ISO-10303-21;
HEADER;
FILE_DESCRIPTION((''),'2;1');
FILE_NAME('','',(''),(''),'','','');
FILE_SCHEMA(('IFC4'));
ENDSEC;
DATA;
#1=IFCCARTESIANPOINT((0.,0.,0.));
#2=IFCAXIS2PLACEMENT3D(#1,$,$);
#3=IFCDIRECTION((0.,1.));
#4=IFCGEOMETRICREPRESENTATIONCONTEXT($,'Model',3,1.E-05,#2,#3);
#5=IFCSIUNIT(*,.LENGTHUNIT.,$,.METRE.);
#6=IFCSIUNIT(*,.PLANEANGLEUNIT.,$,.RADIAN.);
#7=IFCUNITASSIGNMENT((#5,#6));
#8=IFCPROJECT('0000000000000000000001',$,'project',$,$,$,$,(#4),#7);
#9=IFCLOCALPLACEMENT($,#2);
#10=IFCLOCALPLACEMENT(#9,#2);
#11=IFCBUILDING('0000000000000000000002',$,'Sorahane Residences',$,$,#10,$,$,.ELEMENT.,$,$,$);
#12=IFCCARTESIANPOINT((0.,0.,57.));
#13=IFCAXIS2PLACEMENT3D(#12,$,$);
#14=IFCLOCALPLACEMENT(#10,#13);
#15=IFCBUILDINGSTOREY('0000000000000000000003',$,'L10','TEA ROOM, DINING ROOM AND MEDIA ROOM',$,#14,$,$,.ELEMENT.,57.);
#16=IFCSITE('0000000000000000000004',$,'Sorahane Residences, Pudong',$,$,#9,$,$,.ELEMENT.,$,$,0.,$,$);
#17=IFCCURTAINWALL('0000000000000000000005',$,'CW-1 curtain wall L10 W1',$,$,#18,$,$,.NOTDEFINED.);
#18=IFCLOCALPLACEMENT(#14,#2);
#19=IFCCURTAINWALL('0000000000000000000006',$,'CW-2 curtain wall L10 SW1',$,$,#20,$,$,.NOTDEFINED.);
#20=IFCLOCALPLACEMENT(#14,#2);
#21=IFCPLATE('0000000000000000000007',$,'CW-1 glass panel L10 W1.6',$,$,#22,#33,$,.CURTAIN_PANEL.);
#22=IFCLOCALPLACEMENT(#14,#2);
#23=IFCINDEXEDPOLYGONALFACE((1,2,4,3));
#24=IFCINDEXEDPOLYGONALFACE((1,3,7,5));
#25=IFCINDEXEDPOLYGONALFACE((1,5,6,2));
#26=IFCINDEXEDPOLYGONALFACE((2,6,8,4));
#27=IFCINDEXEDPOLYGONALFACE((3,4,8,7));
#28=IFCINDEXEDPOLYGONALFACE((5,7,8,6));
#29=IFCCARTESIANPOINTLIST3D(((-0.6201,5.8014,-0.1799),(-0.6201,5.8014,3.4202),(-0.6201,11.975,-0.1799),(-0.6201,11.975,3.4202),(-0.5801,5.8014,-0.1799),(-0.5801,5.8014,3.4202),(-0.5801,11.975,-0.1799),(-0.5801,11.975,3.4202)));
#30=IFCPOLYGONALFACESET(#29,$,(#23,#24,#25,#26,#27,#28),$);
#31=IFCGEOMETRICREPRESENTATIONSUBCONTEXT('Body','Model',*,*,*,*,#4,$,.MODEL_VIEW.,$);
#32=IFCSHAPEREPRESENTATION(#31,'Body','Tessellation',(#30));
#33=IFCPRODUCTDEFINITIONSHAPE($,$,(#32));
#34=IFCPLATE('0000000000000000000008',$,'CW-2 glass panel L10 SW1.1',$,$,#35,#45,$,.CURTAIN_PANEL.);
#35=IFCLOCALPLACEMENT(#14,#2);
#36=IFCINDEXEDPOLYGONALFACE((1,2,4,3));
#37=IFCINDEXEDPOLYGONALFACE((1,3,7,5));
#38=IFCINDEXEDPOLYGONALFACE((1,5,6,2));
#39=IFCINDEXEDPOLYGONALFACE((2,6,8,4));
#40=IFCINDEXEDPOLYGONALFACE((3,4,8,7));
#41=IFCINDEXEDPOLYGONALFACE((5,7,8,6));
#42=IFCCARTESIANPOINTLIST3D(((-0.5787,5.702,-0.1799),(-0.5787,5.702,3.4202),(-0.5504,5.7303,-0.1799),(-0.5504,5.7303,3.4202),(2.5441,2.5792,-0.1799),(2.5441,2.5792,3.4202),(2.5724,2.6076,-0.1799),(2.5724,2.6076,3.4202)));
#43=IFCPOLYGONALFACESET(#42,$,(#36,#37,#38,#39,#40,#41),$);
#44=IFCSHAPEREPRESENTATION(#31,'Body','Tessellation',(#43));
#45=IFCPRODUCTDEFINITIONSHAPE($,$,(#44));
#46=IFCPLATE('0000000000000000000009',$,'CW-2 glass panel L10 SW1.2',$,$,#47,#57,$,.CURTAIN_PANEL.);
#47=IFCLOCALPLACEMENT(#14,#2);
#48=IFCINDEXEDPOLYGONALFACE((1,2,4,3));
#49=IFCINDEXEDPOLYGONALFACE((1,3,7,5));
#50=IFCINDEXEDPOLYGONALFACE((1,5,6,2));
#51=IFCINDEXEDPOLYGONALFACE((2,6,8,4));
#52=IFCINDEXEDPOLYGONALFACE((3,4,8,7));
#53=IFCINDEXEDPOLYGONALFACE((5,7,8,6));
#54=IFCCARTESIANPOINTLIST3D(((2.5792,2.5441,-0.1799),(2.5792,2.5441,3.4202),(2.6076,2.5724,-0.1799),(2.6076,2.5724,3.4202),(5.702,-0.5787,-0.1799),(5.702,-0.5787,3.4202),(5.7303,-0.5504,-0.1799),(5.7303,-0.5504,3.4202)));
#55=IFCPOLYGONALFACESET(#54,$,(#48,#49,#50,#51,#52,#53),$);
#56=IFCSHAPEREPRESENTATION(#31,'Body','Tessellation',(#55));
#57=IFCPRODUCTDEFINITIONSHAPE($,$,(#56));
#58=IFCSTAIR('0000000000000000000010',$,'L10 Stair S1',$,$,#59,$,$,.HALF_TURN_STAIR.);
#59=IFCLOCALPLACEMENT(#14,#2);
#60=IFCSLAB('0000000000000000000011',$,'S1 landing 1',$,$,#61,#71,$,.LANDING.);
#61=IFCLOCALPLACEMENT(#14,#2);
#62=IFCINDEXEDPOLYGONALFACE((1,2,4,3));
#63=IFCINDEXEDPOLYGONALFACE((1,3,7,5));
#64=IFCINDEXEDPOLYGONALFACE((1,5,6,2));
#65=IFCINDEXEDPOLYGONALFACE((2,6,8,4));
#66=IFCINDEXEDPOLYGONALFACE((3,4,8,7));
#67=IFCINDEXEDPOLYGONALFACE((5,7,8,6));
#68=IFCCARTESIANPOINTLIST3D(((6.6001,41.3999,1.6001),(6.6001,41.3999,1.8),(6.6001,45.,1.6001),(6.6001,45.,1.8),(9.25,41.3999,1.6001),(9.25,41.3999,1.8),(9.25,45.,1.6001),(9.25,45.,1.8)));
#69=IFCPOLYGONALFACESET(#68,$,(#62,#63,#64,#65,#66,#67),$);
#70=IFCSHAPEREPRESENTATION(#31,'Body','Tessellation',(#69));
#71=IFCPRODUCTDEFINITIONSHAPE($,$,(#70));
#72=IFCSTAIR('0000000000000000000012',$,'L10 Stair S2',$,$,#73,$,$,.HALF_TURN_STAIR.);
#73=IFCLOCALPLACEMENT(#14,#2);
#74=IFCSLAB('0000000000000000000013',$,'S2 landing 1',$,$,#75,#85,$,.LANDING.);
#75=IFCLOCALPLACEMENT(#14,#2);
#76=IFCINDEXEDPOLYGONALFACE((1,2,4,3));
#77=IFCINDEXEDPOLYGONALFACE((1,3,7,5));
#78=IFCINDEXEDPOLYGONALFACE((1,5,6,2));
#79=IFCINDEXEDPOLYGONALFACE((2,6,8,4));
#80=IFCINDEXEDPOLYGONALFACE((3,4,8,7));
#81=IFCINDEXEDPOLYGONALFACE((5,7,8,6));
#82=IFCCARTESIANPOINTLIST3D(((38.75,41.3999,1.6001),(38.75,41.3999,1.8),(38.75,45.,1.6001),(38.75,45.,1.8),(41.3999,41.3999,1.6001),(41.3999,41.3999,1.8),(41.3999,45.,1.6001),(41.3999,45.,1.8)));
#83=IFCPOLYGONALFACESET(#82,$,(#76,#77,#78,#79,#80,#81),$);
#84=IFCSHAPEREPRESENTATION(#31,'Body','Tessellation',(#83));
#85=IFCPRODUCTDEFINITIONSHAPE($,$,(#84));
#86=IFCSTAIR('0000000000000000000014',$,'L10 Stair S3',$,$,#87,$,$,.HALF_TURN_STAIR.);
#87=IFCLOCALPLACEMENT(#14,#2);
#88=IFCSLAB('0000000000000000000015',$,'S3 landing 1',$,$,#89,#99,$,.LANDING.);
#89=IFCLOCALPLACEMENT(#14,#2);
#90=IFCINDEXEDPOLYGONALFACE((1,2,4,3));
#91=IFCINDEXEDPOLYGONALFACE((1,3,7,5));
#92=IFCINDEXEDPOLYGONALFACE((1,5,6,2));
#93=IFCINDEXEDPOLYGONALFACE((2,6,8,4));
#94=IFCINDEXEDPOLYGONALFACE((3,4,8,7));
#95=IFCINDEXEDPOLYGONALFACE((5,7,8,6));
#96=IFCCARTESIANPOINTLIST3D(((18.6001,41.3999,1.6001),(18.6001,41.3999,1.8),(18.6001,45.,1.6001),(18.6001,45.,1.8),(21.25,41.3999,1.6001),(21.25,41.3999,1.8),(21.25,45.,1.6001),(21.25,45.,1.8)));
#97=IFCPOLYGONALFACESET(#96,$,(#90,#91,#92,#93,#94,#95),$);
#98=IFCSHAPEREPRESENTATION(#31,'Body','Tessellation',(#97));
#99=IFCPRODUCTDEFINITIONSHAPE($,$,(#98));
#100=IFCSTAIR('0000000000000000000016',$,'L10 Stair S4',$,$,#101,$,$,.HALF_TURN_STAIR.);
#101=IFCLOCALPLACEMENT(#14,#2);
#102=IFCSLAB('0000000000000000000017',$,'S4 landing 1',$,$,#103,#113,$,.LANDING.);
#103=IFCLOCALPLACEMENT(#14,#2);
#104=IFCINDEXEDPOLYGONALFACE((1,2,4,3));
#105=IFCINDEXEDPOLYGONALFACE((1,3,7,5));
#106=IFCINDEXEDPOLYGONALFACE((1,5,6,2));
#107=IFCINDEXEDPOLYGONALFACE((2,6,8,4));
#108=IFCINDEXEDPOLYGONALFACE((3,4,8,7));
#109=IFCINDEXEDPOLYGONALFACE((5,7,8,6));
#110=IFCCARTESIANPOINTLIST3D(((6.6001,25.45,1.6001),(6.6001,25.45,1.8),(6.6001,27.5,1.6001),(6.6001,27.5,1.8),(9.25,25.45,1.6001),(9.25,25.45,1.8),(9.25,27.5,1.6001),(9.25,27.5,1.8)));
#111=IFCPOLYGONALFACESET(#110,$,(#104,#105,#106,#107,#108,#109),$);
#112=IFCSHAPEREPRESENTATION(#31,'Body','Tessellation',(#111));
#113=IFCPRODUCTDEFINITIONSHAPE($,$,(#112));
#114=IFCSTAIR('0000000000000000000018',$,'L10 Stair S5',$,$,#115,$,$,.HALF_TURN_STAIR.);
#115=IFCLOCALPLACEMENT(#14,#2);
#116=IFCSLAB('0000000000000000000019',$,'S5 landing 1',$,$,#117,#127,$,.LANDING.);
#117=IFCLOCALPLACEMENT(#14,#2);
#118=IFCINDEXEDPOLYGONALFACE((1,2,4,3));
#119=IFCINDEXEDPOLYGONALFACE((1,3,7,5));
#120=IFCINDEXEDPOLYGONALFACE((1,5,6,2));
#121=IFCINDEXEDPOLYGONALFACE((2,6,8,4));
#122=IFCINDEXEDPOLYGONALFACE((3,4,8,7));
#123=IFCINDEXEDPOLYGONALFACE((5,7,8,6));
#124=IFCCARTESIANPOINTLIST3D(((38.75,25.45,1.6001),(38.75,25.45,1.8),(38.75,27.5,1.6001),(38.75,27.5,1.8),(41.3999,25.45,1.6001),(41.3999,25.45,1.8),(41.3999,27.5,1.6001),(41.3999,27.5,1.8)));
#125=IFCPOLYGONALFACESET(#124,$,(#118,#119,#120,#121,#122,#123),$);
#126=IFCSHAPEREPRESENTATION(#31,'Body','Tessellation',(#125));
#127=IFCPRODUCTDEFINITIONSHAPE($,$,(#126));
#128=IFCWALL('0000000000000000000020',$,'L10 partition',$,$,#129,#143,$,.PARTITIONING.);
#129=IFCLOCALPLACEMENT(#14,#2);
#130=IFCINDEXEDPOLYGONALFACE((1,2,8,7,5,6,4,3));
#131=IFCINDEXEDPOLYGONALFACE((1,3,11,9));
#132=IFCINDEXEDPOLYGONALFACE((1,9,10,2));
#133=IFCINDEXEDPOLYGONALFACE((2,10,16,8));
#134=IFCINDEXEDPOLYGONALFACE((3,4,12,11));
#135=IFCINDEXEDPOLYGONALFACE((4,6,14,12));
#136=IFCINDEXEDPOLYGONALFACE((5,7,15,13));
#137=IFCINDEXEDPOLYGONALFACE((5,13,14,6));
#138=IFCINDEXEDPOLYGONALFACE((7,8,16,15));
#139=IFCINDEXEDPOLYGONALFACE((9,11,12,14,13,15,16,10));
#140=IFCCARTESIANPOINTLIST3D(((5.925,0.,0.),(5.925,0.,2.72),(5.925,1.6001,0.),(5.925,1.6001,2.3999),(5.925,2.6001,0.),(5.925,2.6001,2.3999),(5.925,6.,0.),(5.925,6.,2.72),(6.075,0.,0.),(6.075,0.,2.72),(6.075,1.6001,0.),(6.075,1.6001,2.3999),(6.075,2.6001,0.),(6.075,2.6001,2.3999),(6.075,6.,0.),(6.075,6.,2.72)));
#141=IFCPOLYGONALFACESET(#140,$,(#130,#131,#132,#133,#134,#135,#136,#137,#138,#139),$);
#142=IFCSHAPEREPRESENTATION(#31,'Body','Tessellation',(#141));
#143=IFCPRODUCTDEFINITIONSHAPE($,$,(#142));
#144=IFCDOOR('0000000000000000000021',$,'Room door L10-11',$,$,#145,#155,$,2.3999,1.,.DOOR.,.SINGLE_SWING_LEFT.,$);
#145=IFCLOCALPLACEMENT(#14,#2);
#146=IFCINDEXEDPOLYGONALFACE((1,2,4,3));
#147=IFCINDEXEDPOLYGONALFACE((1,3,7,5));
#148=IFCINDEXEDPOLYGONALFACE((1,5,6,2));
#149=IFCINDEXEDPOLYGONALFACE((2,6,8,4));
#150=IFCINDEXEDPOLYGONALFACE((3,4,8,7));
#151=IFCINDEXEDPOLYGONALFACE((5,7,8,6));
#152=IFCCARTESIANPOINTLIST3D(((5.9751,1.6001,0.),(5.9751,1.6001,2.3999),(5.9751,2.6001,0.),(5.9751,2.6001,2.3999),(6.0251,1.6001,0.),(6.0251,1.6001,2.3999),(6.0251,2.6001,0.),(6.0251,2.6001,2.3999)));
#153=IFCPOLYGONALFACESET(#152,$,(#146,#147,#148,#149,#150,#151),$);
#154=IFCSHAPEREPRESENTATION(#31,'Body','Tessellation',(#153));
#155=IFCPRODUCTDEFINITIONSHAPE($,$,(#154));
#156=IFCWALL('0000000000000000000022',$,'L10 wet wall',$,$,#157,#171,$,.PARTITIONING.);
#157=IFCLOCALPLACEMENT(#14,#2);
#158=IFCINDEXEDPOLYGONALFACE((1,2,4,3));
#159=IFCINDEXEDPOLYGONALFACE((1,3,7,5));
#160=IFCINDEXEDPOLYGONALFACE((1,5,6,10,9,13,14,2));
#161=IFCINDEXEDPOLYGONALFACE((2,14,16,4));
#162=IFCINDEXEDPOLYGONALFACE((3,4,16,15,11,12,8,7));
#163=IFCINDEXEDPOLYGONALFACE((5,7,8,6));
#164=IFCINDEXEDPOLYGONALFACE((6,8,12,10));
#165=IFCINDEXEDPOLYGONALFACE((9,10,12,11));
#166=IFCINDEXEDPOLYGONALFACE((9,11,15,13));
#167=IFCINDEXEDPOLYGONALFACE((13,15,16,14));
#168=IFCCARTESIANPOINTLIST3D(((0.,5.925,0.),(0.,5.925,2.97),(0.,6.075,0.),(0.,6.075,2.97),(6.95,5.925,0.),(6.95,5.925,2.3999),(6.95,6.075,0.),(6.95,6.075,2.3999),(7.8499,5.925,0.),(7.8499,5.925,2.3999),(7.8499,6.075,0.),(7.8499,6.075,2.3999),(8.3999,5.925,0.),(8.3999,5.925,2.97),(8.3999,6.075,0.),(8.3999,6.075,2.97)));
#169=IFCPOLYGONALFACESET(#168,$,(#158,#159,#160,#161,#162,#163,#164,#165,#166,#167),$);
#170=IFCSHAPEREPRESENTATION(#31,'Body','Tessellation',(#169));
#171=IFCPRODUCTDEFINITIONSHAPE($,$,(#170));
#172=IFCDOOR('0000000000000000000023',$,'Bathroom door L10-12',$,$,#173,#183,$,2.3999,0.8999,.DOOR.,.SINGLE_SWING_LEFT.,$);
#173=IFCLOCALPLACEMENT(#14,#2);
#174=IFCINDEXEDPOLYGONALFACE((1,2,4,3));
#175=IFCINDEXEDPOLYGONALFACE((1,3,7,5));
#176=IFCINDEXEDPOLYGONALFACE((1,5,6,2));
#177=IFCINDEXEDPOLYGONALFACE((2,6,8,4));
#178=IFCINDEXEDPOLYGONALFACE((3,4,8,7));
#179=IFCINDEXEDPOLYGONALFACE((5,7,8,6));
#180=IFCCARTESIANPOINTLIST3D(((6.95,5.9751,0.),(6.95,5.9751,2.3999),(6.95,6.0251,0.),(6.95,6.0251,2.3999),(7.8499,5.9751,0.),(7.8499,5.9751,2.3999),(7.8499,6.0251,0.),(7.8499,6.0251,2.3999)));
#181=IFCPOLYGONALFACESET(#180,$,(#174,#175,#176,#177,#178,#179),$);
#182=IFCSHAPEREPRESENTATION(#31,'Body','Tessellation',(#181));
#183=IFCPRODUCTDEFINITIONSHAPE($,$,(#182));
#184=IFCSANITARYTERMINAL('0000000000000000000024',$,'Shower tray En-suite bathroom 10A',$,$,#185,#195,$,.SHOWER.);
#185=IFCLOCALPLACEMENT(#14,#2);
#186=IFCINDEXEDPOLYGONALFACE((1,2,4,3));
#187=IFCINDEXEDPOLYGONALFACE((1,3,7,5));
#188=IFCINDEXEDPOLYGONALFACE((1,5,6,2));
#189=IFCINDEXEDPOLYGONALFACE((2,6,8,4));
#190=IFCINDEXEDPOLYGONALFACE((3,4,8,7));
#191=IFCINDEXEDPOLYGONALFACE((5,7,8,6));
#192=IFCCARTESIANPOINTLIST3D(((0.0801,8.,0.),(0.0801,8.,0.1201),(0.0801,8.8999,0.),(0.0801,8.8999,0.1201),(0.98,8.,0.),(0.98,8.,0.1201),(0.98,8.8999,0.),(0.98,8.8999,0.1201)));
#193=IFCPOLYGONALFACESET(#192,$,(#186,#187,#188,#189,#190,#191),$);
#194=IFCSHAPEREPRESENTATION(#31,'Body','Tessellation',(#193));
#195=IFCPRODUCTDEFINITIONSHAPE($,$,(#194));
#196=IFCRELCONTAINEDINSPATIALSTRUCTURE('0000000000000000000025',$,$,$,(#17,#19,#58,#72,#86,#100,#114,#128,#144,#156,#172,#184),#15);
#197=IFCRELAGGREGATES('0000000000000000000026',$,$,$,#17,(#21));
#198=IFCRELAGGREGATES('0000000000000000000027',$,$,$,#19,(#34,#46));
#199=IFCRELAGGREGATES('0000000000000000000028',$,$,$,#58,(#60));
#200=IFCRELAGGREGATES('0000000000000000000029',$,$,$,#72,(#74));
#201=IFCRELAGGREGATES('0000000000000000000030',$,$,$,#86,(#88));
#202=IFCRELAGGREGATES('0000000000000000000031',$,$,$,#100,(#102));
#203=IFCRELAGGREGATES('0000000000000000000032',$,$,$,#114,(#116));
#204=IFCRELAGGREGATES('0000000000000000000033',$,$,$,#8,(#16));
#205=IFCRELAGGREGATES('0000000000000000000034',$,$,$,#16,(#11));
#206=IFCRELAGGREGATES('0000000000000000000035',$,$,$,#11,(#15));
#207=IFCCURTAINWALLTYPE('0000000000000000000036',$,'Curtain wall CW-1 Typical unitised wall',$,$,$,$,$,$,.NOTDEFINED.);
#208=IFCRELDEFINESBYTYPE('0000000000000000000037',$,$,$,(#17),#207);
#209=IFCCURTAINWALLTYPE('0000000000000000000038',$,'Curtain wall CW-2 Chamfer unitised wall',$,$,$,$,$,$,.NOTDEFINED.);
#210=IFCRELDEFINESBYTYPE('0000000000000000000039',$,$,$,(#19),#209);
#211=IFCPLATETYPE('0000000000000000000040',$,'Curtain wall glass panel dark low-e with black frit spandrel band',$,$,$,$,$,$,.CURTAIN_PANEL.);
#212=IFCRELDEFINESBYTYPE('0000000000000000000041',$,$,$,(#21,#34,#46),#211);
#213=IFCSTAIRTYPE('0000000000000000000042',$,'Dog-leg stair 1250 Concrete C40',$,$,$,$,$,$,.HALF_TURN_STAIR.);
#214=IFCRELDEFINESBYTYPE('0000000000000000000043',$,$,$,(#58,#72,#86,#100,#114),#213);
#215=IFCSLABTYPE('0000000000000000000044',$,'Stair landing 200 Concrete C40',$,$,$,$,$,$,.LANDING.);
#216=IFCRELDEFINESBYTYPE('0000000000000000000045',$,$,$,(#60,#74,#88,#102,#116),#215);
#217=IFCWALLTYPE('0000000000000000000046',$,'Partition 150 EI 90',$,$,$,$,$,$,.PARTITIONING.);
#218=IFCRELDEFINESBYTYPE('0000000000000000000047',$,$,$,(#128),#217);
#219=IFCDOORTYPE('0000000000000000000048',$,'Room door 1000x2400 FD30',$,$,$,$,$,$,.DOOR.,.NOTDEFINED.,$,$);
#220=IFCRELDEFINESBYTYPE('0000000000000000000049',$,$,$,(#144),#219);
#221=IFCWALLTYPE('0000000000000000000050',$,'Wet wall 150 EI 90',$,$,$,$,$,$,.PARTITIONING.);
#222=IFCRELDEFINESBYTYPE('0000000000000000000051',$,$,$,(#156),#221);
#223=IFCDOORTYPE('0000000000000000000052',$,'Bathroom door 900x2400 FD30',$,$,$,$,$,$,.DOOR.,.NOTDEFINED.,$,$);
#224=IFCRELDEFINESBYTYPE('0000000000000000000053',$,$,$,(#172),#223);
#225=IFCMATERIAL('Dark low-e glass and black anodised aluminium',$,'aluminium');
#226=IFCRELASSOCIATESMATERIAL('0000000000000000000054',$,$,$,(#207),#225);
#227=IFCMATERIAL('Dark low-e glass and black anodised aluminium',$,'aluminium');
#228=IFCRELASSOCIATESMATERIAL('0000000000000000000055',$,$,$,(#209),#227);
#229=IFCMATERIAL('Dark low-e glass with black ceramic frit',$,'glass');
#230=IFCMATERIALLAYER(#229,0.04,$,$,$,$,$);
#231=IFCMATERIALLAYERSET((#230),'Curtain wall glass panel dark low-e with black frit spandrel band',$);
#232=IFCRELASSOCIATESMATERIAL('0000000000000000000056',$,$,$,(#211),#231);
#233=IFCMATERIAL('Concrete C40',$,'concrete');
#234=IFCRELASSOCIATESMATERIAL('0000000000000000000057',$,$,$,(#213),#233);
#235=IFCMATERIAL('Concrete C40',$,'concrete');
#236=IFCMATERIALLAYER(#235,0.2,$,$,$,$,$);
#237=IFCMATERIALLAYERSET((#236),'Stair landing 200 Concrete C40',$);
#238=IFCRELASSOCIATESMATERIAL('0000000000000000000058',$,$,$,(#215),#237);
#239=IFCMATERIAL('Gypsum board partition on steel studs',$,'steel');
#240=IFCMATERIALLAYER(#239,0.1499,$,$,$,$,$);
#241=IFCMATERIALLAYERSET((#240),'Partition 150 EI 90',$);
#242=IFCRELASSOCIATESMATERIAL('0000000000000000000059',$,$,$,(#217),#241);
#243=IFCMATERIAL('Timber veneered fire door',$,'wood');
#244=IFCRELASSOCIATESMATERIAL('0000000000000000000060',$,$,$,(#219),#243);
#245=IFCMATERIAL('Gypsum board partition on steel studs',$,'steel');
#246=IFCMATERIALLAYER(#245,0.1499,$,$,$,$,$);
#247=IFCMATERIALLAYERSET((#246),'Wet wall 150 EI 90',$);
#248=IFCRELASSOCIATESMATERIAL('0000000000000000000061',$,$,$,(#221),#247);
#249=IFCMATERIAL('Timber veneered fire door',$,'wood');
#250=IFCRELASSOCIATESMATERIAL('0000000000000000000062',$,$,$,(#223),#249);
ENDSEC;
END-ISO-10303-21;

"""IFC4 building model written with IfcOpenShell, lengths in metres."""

from ifc_helpers import new_model, si_unit, direction, frame, frame_2d, origin, origin_2d, place, context, subcontext, project, spatial, polyline, rectangle, outline, extrude, material, layer, layer_set, type_object, element, fill, aggregate, save


model = new_model("IFC4")

# Units and contexts
model_context = context("Model", 3, precision=1e-05, world=origin(), true_north=direction((0.0, 1.0)))
body_context = subcontext(model_context, "Body", "Model", "MODEL_VIEW")
ifc_project = project(units=[si_unit("LENGTHUNIT", "METRE"), si_unit("PLANEANGLEUNIT", "RADIAN")], contexts=[model_context])

# Site, building, storey
site_placement = place(None, origin())
site = spatial("IfcSite", under=ifc_project, at=site_placement, Name="Sorahane Residences, Pudong", CompositionType="ELEMENT", RefElevation=0.0)
building_placement = place(site_placement, origin())
building = spatial("IfcBuilding", under=site, at=building_placement, Name="Sorahane Residences", CompositionType="ELEMENT")
storey_placement = place(building_placement, frame((0.0, 0.0, 57.0)))
storey = spatial("IfcBuildingStorey", under=building, at=storey_placement, Name="L10", Description="TEA ROOM, DINING ROOM AND MEDIA ROOM", CompositionType="ELEMENT", Elevation=57.0)

# Curtain wall
ifc_material_1 = material(Name="Dark low-e glass and black anodised aluminium", Category="aluminium")
curtain_wall_type_1 = type_object("IfcCurtainWallType", Name="Curtain wall CW-1 Typical unitised wall", PredefinedType="NOTDEFINED", material=ifc_material_1)
curtain_wall_1_placement = place(storey_placement, origin())
curtain_wall_1 = element("IfcCurtainWall", 1, at=curtain_wall_1_placement, inside=storey, type_object=curtain_wall_type_1, Name="CW-1 curtain wall L10 W1", PredefinedType="NOTDEFINED")

# Curtain wall
ifc_material_2 = material(Name="Dark low-e glass and black anodised aluminium", Category="aluminium")
curtain_wall_type_2 = type_object("IfcCurtainWallType", Name="Curtain wall CW-2 Chamfer unitised wall", PredefinedType="NOTDEFINED", material=ifc_material_2)
curtain_wall_2_placement = place(storey_placement, origin())
curtain_wall_2 = element("IfcCurtainWall", 2, at=curtain_wall_2_placement, inside=storey, type_object=curtain_wall_type_2, Name="CW-2 curtain wall L10 SW1", PredefinedType="NOTDEFINED")

# Plates
ifc_material_3 = material(Name="Dark low-e glass with black ceramic frit", Category="glass")
ifc_layer_1 = layer(ifc_material_3, 0.04)
ifc_layer_set_1 = layer_set([ifc_layer_1], Name="Curtain wall glass panel dark low-e with black frit spandrel band")
plate_type = type_object("IfcPlateType", Name="Curtain wall glass panel dark low-e with black frit spandrel band", PredefinedType="CURTAIN_PANEL", material=ifc_layer_set_1)
plate_1_placement = place(storey_placement, frame((-0.6001, 8.8882, -0.1799), z_axis=(0.0, 0.0, 1.0), x_axis=(0.0, -1.0, 0.0)))
plate_1 = element("IfcPlate", 3, at=plate_1_placement, type_object=plate_type, Name="CW-1 glass panel L10 W1.6", PredefinedType="CURTAIN_PANEL", context=body_context, shape_type="SweptSolid", body=[
    extrude(rectangle(XDim=6.1736, YDim=0.04, at=origin_2d()), origin(), (0.0, 0.0, 1.0), 3.6001),
])
aggregate(curtain_wall_1, [plate_1])
plate_2_placement = place(storey_placement, frame((0.9968, 4.1548, -0.1799), z_axis=(0.0, 0.0, 1.0), x_axis=(0.707107, -0.707107, 0.0)))
plate_2 = element("IfcPlate", 4, at=plate_2_placement, type_object=plate_type, Name="CW-2 glass panel L10 SW1.1", PredefinedType="CURTAIN_PANEL", context=body_context, shape_type="SweptSolid", body=[
    extrude(rectangle(XDim=4.4163, YDim=0.04, at=origin_2d()), origin(), (0.0, 0.0, 1.0), 3.6001),
])
plate_3_placement = place(storey_placement, frame((4.1548, 0.9968, -0.1799), z_axis=(0.0, 0.0, 1.0), x_axis=(0.707107, -0.707107, 0.0)))
plate_3 = element("IfcPlate", 5, at=plate_3_placement, type_object=plate_type, Name="CW-2 glass panel L10 SW1.2", PredefinedType="CURTAIN_PANEL", context=body_context, shape_type="SweptSolid", body=[
    extrude(rectangle(XDim=4.4163, YDim=0.04, at=origin_2d()), origin(), (0.0, 0.0, 1.0), 3.6001),
])
aggregate(curtain_wall_2, [plate_2, plate_3])

# Stairs, slabs
ifc_material_4 = material(Name="Concrete C40", Category="concrete")
stair_type = type_object("IfcStairType", Name="Dog-leg stair 1250 Concrete C40", PredefinedType="HALF_TURN_STAIR", material=ifc_material_4)
stair_1_placement = place(storey_placement, origin())
stair_1 = element("IfcStair", 6, at=stair_1_placement, inside=storey, type_object=stair_type, Name="L10 Stair S1", PredefinedType="HALF_TURN_STAIR")
ifc_material_5 = material(Name="Concrete C40", Category="concrete")
ifc_layer_2 = layer(ifc_material_5, 0.2)
ifc_layer_set_2 = layer_set([ifc_layer_2], Name="Stair landing 200 Concrete C40")
slab_type_1 = type_object("IfcSlabType", Name="Stair landing 200 Concrete C40", PredefinedType="LANDING", material=ifc_layer_set_2)
slab_1_placement = place(storey_placement, frame((0.0, 0.0, 1.6001)))
slab_1 = element("IfcSlab", 7, at=slab_1_placement, type_object=slab_type_1, Name="S1 landing 1", PredefinedType="LANDING", context=body_context, shape_type="SweptSolid", body=[
    extrude(outline(polyline([(9.25, 41.3999), (9.25, 45.0), (6.6001, 45.0), (6.6001, 41.3999), (9.25, 41.3999)])), origin(), (0.0, 0.0, 1.0), 0.2),
])
aggregate(stair_1, [slab_1])
stair_2_placement = place(storey_placement, origin())
stair_2 = element("IfcStair", 8, at=stair_2_placement, inside=storey, type_object=stair_type, Name="L10 Stair S2", PredefinedType="HALF_TURN_STAIR")
slab_2_placement = place(storey_placement, frame((0.0, 0.0, 1.6001)))
slab_2 = element("IfcSlab", 9, at=slab_2_placement, type_object=slab_type_1, Name="S2 landing 1", PredefinedType="LANDING", context=body_context, shape_type="SweptSolid", body=[
    extrude(outline(polyline([(41.3999, 41.3999), (41.3999, 45.0), (38.75, 45.0), (38.75, 41.3999), (41.3999, 41.3999)])), origin(), (0.0, 0.0, 1.0), 0.2),
])
aggregate(stair_2, [slab_2])
stair_3_placement = place(storey_placement, origin())
stair_3 = element("IfcStair", 10, at=stair_3_placement, inside=storey, type_object=stair_type, Name="L10 Stair S3", PredefinedType="HALF_TURN_STAIR")
slab_3_placement = place(storey_placement, frame((0.0, 0.0, 1.6001)))
slab_3 = element("IfcSlab", 11, at=slab_3_placement, type_object=slab_type_1, Name="S3 landing 1", PredefinedType="LANDING", context=body_context, shape_type="SweptSolid", body=[
    extrude(outline(polyline([(21.25, 41.3999), (21.25, 45.0), (18.6001, 45.0), (18.6001, 41.3999), (21.25, 41.3999)])), origin(), (0.0, 0.0, 1.0), 0.2),
])
aggregate(stair_3, [slab_3])
stair_4_placement = place(storey_placement, origin())
stair_4 = element("IfcStair", 12, at=stair_4_placement, inside=storey, type_object=stair_type, Name="L10 Stair S4", PredefinedType="HALF_TURN_STAIR")
slab_4_placement = place(storey_placement, frame((0.0, 0.0, 1.6001)))
slab_4 = element("IfcSlab", 13, at=slab_4_placement, type_object=slab_type_1, Name="S4 landing 1", PredefinedType="LANDING", context=body_context, shape_type="SweptSolid", body=[
    extrude(outline(polyline([(9.25, 25.45), (9.25, 27.5), (6.6001, 27.5), (6.6001, 25.45), (9.25, 25.45)])), origin(), (0.0, 0.0, 1.0), 0.2),
])
aggregate(stair_4, [slab_4])
stair_5_placement = place(storey_placement, origin())
stair_5 = element("IfcStair", 14, at=stair_5_placement, inside=storey, type_object=stair_type, Name="L10 Stair S5", PredefinedType="HALF_TURN_STAIR")
slab_5_placement = place(storey_placement, frame((0.0, 0.0, 1.6001)))
slab_5 = element("IfcSlab", 15, at=slab_5_placement, type_object=slab_type_1, Name="S5 landing 1", PredefinedType="LANDING", context=body_context, shape_type="SweptSolid", body=[
    extrude(outline(polyline([(41.3999, 25.45), (41.3999, 27.5), (38.75, 27.5), (38.75, 25.45), (41.3999, 25.45)])), origin(), (0.0, 0.0, 1.0), 0.2),
])
aggregate(stair_5, [slab_5])

# Walls, openings, doors
ifc_material_6 = material(Name="Gypsum board partition on steel studs", Category="steel")
ifc_layer_3 = layer(ifc_material_6, 0.1499)
ifc_layer_set_3 = layer_set([ifc_layer_3], Name="Partition 150 EI 90")
wall_type_1 = type_object("IfcWallType", Name="Partition 150 EI 90", PredefinedType="PARTITIONING", material=ifc_layer_set_3)
wall_1_placement = place(storey_placement, frame((6.0, 0.0, 0.0), z_axis=(0.0, 0.0, 1.0), x_axis=(0.0, 1.0, 0.0)))
wall_1 = element("IfcWall", 16, at=wall_1_placement, inside=storey, type_object=wall_type_1, Name="L10 partition", PredefinedType="PARTITIONING", context=body_context, shape_type="SweptSolid", body=[
    extrude(rectangle(XDim=6.0, YDim=0.1499, at=frame_2d((3.0, 0.0))), origin(), (0.0, 0.0, 1.0), 2.72),
])
opening_1_placement = place(wall_1_placement, frame((1.6001, 0.0, 0.0)))
opening_1 = element("IfcOpeningElement", 17, at=opening_1_placement, cuts=wall_1, PredefinedType="OPENING", context=body_context, shape_type="SweptSolid", body=[
    extrude(rectangle(XDim=1.0, YDim=2.3999, at=frame_2d((0.5, 1.2))), frame((0.0, 0.085, 0.0), z_axis=(0.0, -1.0, 0.0), x_axis=(1.0, 0.0, 0.0)), (0.0, 0.0, 1.0), 0.1699),
])
ifc_material_7 = material(Name="Timber veneered fire door", Category="wood")
door_type_1 = type_object("IfcDoorType", Name="Room door 1000x2400 FD30", OperationType="NOTDEFINED", PredefinedType="DOOR", material=ifc_material_7)
door_1_placement = place(opening_1_placement, origin())
door_1 = element("IfcDoor", 18, at=door_1_placement, inside=storey, type_object=door_type_1, Name="Room door L10-11", OperationType="SINGLE_SWING_LEFT", OverallHeight=2.3999, OverallWidth=1.0, PredefinedType="DOOR", context=body_context, shape_type="SweptSolid", body=[
    extrude(rectangle(XDim=1.0, YDim=2.3999, at=frame_2d((0.5, 1.2))), frame((0.0, 0.0249, 0.0), z_axis=(0.0, -1.0, 0.0), x_axis=(1.0, 0.0, 0.0)), (0.0, 0.0, 1.0), 0.05),
])
fill(opening_1, door_1)
ifc_material_8 = material(Name="Gypsum board partition on steel studs", Category="steel")
ifc_layer_4 = layer(ifc_material_8, 0.1499)
ifc_layer_set_4 = layer_set([ifc_layer_4], Name="Wet wall 150 EI 90")
wall_type_2 = type_object("IfcWallType", Name="Wet wall 150 EI 90", PredefinedType="PARTITIONING", material=ifc_layer_set_4)
wall_2_placement = place(storey_placement, frame((0.0, 6.0, 0.0), z_axis=(0.0, 0.0, 1.0), x_axis=(1.0, 0.0, 0.0)))
wall_2 = element("IfcWall", 19, at=wall_2_placement, inside=storey, type_object=wall_type_2, Name="L10 wet wall", PredefinedType="PARTITIONING", context=body_context, shape_type="SweptSolid", body=[
    extrude(rectangle(XDim=8.3999, YDim=0.1499, at=frame_2d((4.2, 0.0))), origin(), (0.0, 0.0, 1.0), 2.97),
])
opening_2_placement = place(wall_2_placement, frame((6.95, 0.0, 0.0)))
opening_2 = element("IfcOpeningElement", 20, at=opening_2_placement, cuts=wall_2, PredefinedType="OPENING", context=body_context, shape_type="SweptSolid", body=[
    extrude(rectangle(XDim=0.8999, YDim=2.3999, at=frame_2d((0.45, 1.2))), frame((0.0, 0.085, 0.0), z_axis=(0.0, -1.0, 0.0), x_axis=(1.0, 0.0, 0.0)), (0.0, 0.0, 1.0), 0.1699),
])
ifc_material_9 = material(Name="Timber veneered fire door", Category="wood")
door_type_2 = type_object("IfcDoorType", Name="Bathroom door 900x2400 FD30", OperationType="NOTDEFINED", PredefinedType="DOOR", material=ifc_material_9)
door_2_placement = place(opening_2_placement, frame((0.8999, 0.0, 0.0), z_axis=(0.0, 0.0, 1.0), x_axis=(-1.0, 0.0, 0.0)))
door_2 = element("IfcDoor", 21, at=door_2_placement, inside=storey, type_object=door_type_2, Name="Bathroom door L10-12", OperationType="SINGLE_SWING_LEFT", OverallHeight=2.3999, OverallWidth=0.8999, PredefinedType="DOOR", context=body_context, shape_type="SweptSolid", body=[
    extrude(rectangle(XDim=0.8999, YDim=2.3999, at=frame_2d((0.45, 1.2))), frame((0.0, 0.0249, 0.0), z_axis=(0.0, -1.0, 0.0), x_axis=(1.0, 0.0, 0.0)), (0.0, 0.0, 1.0), 0.05),
])
fill(opening_2, door_2)

# Sanitary terminal
sanitary_terminal_1_placement = place(storey_placement, frame((0.53, 8.45, 0.0), z_axis=(0.0, 0.0, 1.0), x_axis=(1.0, 0.0, 0.0)))
element("IfcSanitaryTerminal", 22, at=sanitary_terminal_1_placement, inside=storey, Name="Shower tray En-suite bathroom 10A", PredefinedType="SHOWER", context=body_context, shape_type="SweptSolid", body=[
    extrude(rectangle(XDim=0.8999, YDim=0.8999, at=origin_2d()), origin(), (0.0, 0.0, 1.0), 0.1201),
])

save(model, "model.ifc")
